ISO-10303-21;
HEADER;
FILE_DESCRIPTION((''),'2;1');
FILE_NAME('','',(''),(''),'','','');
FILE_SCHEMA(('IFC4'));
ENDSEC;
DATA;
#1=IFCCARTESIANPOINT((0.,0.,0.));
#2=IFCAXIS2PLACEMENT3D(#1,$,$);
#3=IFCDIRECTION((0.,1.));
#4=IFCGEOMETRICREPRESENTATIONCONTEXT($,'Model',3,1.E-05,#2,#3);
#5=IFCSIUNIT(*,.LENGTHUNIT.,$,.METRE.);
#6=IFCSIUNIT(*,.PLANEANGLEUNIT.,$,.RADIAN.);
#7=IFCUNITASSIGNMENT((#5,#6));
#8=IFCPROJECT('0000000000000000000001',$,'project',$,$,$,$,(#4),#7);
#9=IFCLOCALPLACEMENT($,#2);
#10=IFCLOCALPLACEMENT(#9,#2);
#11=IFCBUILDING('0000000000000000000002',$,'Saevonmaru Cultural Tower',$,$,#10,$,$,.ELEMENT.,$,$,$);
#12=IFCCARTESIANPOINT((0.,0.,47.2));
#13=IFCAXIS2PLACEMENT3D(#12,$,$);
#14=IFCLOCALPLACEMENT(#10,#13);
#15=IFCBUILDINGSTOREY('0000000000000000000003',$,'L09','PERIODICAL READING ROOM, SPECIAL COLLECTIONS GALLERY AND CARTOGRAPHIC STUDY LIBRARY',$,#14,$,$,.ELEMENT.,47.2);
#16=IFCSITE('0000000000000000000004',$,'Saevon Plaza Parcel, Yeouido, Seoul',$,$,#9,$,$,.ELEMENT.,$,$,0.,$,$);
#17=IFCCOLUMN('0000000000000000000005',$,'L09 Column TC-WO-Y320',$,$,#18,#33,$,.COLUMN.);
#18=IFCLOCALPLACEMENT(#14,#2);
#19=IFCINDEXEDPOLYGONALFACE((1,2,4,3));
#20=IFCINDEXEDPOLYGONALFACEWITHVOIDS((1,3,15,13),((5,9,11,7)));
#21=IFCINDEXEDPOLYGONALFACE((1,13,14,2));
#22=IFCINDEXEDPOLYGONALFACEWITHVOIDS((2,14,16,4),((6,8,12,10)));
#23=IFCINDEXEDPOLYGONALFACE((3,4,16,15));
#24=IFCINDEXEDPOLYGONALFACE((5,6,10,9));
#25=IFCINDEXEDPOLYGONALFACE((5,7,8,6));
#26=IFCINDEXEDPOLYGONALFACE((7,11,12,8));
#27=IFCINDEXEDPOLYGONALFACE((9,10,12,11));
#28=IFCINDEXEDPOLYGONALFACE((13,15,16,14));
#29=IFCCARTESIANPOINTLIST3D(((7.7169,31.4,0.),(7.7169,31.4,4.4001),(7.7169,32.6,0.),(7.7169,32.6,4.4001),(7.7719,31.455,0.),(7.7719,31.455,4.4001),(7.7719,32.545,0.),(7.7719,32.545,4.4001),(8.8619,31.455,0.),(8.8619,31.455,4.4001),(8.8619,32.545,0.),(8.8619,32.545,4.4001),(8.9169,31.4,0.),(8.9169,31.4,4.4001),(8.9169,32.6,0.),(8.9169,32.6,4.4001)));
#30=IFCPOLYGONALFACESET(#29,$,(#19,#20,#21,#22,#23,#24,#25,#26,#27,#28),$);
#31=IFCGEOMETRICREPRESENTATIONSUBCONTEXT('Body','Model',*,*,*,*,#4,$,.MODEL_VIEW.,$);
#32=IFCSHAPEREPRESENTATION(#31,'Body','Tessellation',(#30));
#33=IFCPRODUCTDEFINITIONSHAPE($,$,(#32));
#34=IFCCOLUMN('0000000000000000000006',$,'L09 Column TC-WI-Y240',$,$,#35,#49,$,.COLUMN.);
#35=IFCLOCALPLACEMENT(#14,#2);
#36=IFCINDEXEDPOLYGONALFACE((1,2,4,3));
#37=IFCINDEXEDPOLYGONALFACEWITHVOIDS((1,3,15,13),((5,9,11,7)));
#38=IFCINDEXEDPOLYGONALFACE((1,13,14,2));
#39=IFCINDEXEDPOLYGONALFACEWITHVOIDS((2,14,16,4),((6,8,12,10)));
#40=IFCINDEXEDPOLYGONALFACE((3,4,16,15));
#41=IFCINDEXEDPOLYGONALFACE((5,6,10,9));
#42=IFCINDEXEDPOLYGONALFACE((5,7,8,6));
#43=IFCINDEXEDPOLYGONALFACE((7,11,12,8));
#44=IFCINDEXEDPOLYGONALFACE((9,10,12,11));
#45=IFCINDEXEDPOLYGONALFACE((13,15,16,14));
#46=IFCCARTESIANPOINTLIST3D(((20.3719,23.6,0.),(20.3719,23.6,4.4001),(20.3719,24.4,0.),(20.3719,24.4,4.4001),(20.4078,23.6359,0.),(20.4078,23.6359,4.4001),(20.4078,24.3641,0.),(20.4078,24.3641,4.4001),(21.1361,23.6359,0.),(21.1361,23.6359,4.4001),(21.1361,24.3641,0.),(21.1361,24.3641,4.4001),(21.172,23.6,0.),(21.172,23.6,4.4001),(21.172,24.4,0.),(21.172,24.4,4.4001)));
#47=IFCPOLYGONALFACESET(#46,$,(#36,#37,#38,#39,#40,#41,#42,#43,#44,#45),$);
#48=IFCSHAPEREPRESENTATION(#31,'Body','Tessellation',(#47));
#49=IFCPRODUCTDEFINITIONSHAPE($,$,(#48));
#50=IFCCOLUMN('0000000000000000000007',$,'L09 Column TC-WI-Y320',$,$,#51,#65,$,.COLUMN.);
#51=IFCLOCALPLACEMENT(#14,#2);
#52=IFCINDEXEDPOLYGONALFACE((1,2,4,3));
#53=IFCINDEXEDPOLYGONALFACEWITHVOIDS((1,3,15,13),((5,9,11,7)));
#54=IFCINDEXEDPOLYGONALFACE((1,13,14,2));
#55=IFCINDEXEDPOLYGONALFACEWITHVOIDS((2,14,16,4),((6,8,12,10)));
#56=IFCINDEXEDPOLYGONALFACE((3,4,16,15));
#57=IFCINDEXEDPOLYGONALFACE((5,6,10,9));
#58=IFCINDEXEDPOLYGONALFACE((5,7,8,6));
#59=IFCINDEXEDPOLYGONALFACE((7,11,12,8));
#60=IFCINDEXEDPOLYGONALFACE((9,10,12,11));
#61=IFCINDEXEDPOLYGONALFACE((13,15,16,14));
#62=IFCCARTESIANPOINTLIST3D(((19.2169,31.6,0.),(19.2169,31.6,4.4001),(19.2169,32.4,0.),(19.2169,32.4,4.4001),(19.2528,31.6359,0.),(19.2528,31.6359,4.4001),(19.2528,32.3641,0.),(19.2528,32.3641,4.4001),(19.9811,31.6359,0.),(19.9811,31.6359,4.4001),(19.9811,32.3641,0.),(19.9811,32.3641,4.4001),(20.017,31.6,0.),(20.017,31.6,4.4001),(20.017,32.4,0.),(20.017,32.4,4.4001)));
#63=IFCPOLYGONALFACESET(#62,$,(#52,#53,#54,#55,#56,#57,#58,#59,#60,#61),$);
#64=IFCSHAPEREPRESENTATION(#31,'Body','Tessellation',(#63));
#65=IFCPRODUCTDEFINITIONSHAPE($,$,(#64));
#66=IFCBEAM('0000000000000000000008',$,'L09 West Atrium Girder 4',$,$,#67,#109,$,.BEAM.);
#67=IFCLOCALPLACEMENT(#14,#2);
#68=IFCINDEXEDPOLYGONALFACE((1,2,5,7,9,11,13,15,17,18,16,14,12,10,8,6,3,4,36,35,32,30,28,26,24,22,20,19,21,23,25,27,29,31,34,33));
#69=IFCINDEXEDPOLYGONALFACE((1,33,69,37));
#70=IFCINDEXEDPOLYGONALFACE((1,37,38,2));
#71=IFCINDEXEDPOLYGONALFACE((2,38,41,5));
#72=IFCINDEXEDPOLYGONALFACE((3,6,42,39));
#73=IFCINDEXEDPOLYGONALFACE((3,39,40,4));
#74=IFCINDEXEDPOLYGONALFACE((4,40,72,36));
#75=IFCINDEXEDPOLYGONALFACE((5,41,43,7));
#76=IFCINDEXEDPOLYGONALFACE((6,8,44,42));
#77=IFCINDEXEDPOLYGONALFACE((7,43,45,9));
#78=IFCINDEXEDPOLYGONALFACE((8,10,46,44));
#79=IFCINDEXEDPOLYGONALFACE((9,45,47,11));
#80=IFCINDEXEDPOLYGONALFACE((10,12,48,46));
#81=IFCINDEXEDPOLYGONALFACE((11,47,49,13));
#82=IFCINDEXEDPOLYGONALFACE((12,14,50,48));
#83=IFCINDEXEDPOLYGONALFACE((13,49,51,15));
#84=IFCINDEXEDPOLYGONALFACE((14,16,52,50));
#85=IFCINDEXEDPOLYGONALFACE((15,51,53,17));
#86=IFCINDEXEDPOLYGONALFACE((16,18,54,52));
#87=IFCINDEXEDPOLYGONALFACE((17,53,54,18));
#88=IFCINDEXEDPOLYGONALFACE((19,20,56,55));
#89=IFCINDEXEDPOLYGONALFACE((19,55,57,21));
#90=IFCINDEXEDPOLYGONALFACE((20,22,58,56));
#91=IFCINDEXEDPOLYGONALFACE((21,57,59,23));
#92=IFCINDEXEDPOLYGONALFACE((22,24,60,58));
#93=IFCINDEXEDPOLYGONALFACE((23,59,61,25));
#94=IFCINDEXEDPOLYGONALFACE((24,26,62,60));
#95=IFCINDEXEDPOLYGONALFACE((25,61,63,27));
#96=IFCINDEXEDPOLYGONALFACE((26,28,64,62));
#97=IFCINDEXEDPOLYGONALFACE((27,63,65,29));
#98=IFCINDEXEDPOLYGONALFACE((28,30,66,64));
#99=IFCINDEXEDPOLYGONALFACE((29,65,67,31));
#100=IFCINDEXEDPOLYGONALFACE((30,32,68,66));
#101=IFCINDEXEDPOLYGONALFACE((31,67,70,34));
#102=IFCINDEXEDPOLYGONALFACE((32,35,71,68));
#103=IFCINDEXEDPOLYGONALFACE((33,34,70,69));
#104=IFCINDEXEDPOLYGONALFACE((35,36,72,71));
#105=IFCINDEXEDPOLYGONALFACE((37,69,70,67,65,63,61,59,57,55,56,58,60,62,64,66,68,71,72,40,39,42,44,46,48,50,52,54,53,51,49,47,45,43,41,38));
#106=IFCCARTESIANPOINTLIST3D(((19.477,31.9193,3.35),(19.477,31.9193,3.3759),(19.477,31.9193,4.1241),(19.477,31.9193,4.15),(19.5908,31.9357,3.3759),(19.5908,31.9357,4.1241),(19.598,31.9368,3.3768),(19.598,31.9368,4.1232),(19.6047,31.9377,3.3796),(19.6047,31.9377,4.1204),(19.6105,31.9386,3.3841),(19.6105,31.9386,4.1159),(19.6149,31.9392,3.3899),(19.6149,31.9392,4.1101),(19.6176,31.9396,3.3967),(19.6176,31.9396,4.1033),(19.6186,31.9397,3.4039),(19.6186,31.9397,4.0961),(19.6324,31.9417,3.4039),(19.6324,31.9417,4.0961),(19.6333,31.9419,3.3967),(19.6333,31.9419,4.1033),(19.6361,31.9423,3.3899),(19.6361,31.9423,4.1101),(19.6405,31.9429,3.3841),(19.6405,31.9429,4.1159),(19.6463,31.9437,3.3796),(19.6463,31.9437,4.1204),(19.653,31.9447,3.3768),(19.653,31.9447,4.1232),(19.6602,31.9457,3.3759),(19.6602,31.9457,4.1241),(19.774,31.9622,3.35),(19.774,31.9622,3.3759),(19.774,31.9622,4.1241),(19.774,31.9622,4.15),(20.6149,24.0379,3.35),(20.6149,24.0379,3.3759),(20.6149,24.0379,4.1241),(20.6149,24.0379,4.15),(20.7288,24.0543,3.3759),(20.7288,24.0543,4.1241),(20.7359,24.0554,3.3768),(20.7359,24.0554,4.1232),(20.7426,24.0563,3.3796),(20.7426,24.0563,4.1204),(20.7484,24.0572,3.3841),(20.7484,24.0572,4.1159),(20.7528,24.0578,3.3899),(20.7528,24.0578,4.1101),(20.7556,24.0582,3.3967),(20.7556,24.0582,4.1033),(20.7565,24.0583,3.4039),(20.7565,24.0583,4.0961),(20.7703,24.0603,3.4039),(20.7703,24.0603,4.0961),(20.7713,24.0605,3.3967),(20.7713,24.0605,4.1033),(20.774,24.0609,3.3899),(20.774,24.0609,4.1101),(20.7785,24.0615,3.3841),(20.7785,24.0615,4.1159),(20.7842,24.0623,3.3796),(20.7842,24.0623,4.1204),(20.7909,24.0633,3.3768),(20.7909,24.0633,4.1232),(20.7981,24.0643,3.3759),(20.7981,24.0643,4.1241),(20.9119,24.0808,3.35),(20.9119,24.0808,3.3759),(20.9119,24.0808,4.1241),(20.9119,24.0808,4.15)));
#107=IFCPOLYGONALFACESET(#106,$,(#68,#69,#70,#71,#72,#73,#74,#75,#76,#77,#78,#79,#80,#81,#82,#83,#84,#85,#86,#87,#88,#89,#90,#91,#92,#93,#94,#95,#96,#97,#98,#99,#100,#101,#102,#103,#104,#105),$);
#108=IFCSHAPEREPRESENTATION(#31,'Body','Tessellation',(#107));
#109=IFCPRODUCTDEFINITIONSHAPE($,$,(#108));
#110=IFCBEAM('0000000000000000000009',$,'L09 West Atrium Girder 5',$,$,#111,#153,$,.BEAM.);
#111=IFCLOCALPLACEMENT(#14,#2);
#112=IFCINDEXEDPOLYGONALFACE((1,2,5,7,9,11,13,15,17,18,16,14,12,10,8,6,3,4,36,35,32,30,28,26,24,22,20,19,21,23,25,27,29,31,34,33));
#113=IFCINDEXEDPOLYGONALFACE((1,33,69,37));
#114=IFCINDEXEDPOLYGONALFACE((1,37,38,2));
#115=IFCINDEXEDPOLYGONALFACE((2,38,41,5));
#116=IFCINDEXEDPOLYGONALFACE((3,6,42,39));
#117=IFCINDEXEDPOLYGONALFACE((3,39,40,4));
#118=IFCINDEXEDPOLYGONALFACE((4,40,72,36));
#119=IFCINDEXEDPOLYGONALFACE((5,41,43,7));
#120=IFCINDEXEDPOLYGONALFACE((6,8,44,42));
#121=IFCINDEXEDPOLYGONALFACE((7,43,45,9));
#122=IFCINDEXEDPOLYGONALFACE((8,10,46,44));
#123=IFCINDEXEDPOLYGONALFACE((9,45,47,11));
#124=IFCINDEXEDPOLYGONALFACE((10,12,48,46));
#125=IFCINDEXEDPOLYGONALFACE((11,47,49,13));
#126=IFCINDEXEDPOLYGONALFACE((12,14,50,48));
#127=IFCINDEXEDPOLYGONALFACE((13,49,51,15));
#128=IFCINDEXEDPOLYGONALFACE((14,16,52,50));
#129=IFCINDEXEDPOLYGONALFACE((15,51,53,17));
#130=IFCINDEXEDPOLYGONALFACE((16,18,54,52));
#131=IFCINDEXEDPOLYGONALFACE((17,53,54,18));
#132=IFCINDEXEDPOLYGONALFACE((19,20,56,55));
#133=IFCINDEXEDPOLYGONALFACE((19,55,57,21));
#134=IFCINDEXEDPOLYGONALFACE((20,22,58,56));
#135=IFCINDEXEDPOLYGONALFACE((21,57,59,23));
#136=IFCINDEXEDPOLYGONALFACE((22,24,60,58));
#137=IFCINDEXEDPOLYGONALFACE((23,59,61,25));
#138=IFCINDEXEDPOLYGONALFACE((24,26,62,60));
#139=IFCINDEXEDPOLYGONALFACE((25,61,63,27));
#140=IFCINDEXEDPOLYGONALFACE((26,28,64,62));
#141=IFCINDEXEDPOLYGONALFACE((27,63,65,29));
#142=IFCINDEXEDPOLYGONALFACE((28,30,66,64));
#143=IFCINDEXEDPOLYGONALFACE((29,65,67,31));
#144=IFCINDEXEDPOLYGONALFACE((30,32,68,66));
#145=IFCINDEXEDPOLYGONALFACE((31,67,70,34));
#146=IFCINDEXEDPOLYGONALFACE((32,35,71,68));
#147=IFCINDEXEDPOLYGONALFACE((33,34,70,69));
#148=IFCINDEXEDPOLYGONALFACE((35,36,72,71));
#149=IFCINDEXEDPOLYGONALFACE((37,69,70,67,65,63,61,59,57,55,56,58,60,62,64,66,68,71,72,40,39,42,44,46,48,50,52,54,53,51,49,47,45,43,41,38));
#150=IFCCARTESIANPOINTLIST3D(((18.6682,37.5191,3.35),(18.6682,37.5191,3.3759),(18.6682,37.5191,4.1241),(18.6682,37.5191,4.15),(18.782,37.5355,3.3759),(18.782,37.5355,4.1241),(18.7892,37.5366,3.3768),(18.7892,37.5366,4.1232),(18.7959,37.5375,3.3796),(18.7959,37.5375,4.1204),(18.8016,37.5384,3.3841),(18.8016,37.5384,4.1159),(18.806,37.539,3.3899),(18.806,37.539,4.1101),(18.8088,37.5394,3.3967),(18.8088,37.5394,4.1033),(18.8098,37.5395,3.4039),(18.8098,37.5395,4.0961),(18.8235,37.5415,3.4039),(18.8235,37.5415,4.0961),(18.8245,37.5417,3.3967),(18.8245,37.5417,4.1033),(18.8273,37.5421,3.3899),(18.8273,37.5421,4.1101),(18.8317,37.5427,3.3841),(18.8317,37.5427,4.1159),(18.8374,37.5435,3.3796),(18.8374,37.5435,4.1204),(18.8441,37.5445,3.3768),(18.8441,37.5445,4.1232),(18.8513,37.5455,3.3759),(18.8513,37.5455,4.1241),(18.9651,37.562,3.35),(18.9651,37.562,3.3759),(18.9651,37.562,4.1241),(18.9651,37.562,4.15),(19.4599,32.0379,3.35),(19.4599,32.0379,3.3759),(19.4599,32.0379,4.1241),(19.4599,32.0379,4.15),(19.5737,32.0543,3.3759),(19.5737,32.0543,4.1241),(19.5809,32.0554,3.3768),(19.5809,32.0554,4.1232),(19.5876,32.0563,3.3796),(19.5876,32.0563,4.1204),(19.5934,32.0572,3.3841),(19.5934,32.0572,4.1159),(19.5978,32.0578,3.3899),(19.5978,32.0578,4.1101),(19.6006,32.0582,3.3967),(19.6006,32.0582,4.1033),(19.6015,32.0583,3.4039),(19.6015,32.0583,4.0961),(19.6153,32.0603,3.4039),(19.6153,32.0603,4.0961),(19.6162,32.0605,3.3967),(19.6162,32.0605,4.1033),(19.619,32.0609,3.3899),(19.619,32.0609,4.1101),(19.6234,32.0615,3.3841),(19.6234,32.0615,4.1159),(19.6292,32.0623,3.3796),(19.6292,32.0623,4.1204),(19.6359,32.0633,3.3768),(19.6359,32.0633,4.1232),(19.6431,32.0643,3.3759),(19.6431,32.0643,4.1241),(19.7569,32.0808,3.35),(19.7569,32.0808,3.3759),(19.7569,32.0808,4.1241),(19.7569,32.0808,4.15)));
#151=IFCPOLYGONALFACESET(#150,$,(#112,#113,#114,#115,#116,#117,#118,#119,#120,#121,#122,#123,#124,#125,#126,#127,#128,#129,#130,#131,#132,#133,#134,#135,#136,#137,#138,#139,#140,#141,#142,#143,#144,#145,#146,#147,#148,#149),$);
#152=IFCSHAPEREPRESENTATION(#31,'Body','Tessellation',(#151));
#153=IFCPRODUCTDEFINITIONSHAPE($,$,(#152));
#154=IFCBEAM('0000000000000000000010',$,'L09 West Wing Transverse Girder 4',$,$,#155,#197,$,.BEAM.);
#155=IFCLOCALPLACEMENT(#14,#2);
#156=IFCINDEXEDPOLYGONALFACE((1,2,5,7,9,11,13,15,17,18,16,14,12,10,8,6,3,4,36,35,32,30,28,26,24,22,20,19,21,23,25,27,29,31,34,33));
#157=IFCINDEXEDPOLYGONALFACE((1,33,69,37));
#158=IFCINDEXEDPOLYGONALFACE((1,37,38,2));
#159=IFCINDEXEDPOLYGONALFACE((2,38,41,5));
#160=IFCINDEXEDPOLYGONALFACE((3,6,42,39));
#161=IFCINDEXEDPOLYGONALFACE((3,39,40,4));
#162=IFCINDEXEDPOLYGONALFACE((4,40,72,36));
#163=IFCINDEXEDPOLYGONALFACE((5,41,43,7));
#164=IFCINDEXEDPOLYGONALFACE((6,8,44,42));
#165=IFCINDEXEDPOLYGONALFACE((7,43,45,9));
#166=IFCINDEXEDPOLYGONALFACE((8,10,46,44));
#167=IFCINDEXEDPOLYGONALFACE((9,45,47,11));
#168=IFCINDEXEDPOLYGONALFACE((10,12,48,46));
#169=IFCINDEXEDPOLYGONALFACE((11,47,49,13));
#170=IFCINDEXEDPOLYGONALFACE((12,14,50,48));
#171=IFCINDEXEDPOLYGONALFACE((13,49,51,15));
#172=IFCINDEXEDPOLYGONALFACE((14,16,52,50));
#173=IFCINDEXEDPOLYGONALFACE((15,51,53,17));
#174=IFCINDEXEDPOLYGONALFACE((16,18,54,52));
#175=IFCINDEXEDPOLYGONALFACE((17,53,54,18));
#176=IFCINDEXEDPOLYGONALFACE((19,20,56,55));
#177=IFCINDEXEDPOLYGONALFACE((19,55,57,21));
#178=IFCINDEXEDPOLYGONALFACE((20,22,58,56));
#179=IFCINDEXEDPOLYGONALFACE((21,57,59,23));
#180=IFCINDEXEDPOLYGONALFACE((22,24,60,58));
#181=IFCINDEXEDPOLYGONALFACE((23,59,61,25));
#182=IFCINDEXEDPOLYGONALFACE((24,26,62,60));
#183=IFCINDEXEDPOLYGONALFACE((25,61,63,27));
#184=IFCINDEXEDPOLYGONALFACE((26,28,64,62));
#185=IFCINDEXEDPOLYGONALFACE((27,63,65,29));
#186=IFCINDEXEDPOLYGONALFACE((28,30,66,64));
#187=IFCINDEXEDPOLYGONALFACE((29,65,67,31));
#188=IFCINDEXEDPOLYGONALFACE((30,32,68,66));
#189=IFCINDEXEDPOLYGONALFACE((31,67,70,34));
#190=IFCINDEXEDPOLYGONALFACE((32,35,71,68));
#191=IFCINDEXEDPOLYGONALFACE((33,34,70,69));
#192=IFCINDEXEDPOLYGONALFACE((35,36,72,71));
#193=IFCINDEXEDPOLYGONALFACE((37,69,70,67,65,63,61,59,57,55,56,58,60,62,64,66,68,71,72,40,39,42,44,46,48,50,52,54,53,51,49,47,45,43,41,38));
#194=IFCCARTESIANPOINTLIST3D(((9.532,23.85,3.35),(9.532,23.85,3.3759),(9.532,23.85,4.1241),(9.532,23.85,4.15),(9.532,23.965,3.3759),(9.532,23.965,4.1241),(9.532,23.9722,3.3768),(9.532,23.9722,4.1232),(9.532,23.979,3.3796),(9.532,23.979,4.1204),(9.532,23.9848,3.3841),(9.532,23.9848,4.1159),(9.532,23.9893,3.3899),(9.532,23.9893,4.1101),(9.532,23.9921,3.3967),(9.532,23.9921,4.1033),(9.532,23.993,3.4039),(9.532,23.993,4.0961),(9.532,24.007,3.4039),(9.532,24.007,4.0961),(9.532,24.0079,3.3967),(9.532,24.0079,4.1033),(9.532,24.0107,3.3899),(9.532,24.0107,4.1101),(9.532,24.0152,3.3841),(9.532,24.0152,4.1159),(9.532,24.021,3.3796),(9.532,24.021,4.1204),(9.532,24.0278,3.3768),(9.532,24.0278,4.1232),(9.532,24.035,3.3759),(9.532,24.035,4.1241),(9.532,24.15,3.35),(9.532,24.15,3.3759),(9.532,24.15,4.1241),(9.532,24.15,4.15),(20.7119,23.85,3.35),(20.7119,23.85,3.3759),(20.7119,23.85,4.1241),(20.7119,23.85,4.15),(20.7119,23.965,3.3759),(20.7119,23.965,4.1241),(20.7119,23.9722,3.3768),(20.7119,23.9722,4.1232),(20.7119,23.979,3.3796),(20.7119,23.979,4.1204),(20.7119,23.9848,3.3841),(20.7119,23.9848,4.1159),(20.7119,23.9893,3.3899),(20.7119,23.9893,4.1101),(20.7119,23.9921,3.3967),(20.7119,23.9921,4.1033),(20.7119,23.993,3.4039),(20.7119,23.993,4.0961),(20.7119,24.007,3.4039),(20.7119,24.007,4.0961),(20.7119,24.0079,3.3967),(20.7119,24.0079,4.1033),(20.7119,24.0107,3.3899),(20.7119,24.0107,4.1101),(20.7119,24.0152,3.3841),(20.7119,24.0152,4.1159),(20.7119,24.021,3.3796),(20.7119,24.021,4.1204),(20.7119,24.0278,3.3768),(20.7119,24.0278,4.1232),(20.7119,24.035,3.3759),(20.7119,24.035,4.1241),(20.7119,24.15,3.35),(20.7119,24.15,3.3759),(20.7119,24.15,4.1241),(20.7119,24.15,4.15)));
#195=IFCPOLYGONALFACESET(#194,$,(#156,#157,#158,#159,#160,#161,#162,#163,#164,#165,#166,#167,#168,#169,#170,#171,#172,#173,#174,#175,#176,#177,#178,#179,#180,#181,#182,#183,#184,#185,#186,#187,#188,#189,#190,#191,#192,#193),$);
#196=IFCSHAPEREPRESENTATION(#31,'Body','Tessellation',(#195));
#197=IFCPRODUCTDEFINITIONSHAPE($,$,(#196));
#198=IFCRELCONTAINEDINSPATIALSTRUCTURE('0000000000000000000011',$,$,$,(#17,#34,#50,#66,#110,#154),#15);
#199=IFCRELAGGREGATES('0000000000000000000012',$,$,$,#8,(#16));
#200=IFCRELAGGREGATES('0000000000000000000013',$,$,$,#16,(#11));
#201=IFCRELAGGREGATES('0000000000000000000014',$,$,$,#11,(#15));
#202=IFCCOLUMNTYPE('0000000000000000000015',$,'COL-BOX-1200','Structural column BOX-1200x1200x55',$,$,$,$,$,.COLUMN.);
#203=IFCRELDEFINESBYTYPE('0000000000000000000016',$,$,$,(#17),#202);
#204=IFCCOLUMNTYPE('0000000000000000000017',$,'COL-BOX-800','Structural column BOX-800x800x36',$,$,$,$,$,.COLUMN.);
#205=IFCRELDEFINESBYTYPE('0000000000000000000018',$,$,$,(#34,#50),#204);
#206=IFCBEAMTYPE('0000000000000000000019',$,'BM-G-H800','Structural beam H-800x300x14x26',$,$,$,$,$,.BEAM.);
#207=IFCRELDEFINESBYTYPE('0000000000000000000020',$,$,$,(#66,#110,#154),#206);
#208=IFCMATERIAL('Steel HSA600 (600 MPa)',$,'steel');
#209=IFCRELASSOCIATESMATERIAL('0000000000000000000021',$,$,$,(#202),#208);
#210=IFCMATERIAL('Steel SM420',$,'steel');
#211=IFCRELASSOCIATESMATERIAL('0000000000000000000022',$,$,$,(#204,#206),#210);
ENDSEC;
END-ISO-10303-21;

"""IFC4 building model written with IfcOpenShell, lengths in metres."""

from ifc_helpers import new_model, si_unit, direction, frame, origin, origin_2d, place, context, subcontext, project, spatial, hollow_rectangle, i_section, extrude, material, material_profile, profile_set, type_object, element, save


model = new_model("IFC4")

# Units and contexts
model_context = context("Model", 3, precision=1e-05, world=origin(), true_north=direction((0.0, 1.0)))
body_context = subcontext(model_context, "Body", "Model", "MODEL_VIEW")
ifc_project = project(units=[si_unit("LENGTHUNIT", "METRE"), si_unit("PLANEANGLEUNIT", "RADIAN")], contexts=[model_context])

# Site, building, storey
site_placement = place(None, origin())
site = spatial("IfcSite", under=ifc_project, at=site_placement, Name="Saevon Plaza Parcel, Yeouido, Seoul", CompositionType="ELEMENT", RefElevation=0.0)
building_placement = place(site_placement, origin())
building = spatial("IfcBuilding", under=site, at=building_placement, Name="Saevonmaru Cultural Tower", CompositionType="ELEMENT")
storey_placement = place(building_placement, frame((0.0, 0.0, 47.2)))
storey = spatial("IfcBuildingStorey", under=building, at=storey_placement, Name="L09", Description="PERIODICAL READING ROOM, SPECIAL COLLECTIONS GALLERY AND CARTOGRAPHIC STUDY LIBRARY", CompositionType="ELEMENT", Elevation=47.2)

# Columns
ifc_material_1 = material(Name="Steel HSA600 (600 MPa)", Category="steel")
ifc_material_profile_1 = material_profile(ifc_material_1, hollow_rectangle(XDim=1.2, YDim=1.2, WallThickness=0.0549, at=origin_2d()), Name="BOX-1200x1200x55")
ifc_profile_set_1 = profile_set([ifc_material_profile_1], Name="Steel HSA600 (600 MPa)")
column_type_1 = type_object("IfcColumnType", Name="COL-BOX-1200", Description="Structural column BOX-1200x1200x55", PredefinedType="COLUMN", material=ifc_profile_set_1)
column_placement = place(storey_placement, frame((8.3169, 32.0, 0.0), z_axis=(0.0, 0.0, 1.0), x_axis=(1.0, 0.0, 0.0)))
element("IfcColumn", 1, at=column_placement, inside=storey, type_object=column_type_1, Name="L09 Column TC-WO-Y320", PredefinedType="COLUMN", context=body_context, shape_type="SweptSolid", body=[
    extrude(hollow_rectangle(XDim=1.2, YDim=1.2, WallThickness=0.0549, at=origin_2d()), origin(), (0.0, 0.0, 1.0), 4.4001),
])
ifc_material_2 = material(Name="Steel SM420", Category="steel")
ifc_material_profile_2 = material_profile(ifc_material_2, hollow_rectangle(XDim=0.8, YDim=0.8, WallThickness=0.0359, at=origin_2d()), Name="BOX-800x800x36")
ifc_profile_set_2 = profile_set([ifc_material_profile_2], Name="Steel SM420")
column_type_2 = type_object("IfcColumnType", Name="COL-BOX-800", Description="Structural column BOX-800x800x36", PredefinedType="COLUMN", material=ifc_profile_set_2)
for number, where, z_axis, x_axis, name in (
    (2, (20.772, 24.0, 0.0), (0.0, 0.0, 1.0), (1.0, 0.0, 0.0), "L09 Column TC-WI-Y240"),
    (3, (19.6169, 32.0, 0.0), (0.0, 0.0, 1.0), (1.0, 0.0, 0.0), "L09 Column TC-WI-Y320"),
):
    element("IfcColumn", number, at=place(storey_placement, frame(where, z_axis=z_axis, x_axis=x_axis)), inside=storey, type_object=column_type_2, Name=name, PredefinedType="COLUMN", context=body_context, shape_type="SweptSolid", body=[
        extrude(hollow_rectangle(XDim=0.8, YDim=0.8, WallThickness=0.0359, at=origin_2d()), origin(), (0.0, 0.0, 1.0), 4.4001),
    ])

# Beams
ifc_material_profile_3 = material_profile(ifc_material_2, i_section(OverallWidth=0.3, OverallDepth=0.8, WebThickness=0.0139, FlangeThickness=0.0259, FilletRadius=0.0281, at=origin_2d()), Name="H-800x300x14x26")
ifc_profile_set_3 = profile_set([ifc_material_profile_3], Name="Steel SM420")
beam_type_1 = type_object("IfcBeamType", Name="BM-G-H800", Description="Structural beam H-800x300x14x26", PredefinedType="BEAM", material=ifc_profile_set_3)
beam_1_placement = place(storey_placement, frame((20.7634, 24.0593, 3.75), z_axis=(-0.142902, 0.989737, 0.0), x_axis=(-0.989737, -0.142902, 0.0)))
element("IfcBeam", 4, at=beam_1_placement, inside=storey, type_object=beam_type_1, Name="L09 West Atrium Girder 4", PredefinedType="BEAM", context=body_context, shape_type="SweptSolid", body=[
    extrude(i_section(OverallWidth=0.3, OverallDepth=0.8, WebThickness=0.0139, FlangeThickness=0.0259, FilletRadius=0.0281, at=origin_2d()), origin(), (0.0, 0.0, 1.0), 7.9631),
])
beam_2_placement = place(storey_placement, frame((19.6084, 32.0593, 3.75), z_axis=(-0.142964, 0.989728, 0.0), x_axis=(-0.989728, -0.142964, 0.0)))
element("IfcBeam", 5, at=beam_2_placement, inside=storey, type_object=beam_type_1, Name="L09 West Atrium Girder 5", PredefinedType="BEAM", context=body_context, shape_type="SweptSolid", body=[
    extrude(i_section(OverallWidth=0.3, OverallDepth=0.8, WebThickness=0.0139, FlangeThickness=0.0259, FilletRadius=0.0281, at=origin_2d()), origin(), (0.0, 0.0, 1.0), 5.5381),
])
for number, where, z_axis, x_axis, name in (
    (6, (9.532, 24.0, 3.75), (1.0, 0.0, 0.0), (0.0, 1.0, 0.0), "L09 West Wing Transverse Girder 4"),
):
    element("IfcBeam", number, at=place(storey_placement, frame(where, z_axis=z_axis, x_axis=x_axis)), inside=storey, type_object=beam_type_1, Name=name, PredefinedType="BEAM", context=body_context, shape_type="SweptSolid", body=[
        extrude(i_section(OverallWidth=0.3, OverallDepth=0.8, WebThickness=0.0139, FlangeThickness=0.0259, FilletRadius=0.0281, at=origin_2d()), origin(), (0.0, 0.0, 1.0), 11.1799),
    ])

save(model, "model.ifc")
